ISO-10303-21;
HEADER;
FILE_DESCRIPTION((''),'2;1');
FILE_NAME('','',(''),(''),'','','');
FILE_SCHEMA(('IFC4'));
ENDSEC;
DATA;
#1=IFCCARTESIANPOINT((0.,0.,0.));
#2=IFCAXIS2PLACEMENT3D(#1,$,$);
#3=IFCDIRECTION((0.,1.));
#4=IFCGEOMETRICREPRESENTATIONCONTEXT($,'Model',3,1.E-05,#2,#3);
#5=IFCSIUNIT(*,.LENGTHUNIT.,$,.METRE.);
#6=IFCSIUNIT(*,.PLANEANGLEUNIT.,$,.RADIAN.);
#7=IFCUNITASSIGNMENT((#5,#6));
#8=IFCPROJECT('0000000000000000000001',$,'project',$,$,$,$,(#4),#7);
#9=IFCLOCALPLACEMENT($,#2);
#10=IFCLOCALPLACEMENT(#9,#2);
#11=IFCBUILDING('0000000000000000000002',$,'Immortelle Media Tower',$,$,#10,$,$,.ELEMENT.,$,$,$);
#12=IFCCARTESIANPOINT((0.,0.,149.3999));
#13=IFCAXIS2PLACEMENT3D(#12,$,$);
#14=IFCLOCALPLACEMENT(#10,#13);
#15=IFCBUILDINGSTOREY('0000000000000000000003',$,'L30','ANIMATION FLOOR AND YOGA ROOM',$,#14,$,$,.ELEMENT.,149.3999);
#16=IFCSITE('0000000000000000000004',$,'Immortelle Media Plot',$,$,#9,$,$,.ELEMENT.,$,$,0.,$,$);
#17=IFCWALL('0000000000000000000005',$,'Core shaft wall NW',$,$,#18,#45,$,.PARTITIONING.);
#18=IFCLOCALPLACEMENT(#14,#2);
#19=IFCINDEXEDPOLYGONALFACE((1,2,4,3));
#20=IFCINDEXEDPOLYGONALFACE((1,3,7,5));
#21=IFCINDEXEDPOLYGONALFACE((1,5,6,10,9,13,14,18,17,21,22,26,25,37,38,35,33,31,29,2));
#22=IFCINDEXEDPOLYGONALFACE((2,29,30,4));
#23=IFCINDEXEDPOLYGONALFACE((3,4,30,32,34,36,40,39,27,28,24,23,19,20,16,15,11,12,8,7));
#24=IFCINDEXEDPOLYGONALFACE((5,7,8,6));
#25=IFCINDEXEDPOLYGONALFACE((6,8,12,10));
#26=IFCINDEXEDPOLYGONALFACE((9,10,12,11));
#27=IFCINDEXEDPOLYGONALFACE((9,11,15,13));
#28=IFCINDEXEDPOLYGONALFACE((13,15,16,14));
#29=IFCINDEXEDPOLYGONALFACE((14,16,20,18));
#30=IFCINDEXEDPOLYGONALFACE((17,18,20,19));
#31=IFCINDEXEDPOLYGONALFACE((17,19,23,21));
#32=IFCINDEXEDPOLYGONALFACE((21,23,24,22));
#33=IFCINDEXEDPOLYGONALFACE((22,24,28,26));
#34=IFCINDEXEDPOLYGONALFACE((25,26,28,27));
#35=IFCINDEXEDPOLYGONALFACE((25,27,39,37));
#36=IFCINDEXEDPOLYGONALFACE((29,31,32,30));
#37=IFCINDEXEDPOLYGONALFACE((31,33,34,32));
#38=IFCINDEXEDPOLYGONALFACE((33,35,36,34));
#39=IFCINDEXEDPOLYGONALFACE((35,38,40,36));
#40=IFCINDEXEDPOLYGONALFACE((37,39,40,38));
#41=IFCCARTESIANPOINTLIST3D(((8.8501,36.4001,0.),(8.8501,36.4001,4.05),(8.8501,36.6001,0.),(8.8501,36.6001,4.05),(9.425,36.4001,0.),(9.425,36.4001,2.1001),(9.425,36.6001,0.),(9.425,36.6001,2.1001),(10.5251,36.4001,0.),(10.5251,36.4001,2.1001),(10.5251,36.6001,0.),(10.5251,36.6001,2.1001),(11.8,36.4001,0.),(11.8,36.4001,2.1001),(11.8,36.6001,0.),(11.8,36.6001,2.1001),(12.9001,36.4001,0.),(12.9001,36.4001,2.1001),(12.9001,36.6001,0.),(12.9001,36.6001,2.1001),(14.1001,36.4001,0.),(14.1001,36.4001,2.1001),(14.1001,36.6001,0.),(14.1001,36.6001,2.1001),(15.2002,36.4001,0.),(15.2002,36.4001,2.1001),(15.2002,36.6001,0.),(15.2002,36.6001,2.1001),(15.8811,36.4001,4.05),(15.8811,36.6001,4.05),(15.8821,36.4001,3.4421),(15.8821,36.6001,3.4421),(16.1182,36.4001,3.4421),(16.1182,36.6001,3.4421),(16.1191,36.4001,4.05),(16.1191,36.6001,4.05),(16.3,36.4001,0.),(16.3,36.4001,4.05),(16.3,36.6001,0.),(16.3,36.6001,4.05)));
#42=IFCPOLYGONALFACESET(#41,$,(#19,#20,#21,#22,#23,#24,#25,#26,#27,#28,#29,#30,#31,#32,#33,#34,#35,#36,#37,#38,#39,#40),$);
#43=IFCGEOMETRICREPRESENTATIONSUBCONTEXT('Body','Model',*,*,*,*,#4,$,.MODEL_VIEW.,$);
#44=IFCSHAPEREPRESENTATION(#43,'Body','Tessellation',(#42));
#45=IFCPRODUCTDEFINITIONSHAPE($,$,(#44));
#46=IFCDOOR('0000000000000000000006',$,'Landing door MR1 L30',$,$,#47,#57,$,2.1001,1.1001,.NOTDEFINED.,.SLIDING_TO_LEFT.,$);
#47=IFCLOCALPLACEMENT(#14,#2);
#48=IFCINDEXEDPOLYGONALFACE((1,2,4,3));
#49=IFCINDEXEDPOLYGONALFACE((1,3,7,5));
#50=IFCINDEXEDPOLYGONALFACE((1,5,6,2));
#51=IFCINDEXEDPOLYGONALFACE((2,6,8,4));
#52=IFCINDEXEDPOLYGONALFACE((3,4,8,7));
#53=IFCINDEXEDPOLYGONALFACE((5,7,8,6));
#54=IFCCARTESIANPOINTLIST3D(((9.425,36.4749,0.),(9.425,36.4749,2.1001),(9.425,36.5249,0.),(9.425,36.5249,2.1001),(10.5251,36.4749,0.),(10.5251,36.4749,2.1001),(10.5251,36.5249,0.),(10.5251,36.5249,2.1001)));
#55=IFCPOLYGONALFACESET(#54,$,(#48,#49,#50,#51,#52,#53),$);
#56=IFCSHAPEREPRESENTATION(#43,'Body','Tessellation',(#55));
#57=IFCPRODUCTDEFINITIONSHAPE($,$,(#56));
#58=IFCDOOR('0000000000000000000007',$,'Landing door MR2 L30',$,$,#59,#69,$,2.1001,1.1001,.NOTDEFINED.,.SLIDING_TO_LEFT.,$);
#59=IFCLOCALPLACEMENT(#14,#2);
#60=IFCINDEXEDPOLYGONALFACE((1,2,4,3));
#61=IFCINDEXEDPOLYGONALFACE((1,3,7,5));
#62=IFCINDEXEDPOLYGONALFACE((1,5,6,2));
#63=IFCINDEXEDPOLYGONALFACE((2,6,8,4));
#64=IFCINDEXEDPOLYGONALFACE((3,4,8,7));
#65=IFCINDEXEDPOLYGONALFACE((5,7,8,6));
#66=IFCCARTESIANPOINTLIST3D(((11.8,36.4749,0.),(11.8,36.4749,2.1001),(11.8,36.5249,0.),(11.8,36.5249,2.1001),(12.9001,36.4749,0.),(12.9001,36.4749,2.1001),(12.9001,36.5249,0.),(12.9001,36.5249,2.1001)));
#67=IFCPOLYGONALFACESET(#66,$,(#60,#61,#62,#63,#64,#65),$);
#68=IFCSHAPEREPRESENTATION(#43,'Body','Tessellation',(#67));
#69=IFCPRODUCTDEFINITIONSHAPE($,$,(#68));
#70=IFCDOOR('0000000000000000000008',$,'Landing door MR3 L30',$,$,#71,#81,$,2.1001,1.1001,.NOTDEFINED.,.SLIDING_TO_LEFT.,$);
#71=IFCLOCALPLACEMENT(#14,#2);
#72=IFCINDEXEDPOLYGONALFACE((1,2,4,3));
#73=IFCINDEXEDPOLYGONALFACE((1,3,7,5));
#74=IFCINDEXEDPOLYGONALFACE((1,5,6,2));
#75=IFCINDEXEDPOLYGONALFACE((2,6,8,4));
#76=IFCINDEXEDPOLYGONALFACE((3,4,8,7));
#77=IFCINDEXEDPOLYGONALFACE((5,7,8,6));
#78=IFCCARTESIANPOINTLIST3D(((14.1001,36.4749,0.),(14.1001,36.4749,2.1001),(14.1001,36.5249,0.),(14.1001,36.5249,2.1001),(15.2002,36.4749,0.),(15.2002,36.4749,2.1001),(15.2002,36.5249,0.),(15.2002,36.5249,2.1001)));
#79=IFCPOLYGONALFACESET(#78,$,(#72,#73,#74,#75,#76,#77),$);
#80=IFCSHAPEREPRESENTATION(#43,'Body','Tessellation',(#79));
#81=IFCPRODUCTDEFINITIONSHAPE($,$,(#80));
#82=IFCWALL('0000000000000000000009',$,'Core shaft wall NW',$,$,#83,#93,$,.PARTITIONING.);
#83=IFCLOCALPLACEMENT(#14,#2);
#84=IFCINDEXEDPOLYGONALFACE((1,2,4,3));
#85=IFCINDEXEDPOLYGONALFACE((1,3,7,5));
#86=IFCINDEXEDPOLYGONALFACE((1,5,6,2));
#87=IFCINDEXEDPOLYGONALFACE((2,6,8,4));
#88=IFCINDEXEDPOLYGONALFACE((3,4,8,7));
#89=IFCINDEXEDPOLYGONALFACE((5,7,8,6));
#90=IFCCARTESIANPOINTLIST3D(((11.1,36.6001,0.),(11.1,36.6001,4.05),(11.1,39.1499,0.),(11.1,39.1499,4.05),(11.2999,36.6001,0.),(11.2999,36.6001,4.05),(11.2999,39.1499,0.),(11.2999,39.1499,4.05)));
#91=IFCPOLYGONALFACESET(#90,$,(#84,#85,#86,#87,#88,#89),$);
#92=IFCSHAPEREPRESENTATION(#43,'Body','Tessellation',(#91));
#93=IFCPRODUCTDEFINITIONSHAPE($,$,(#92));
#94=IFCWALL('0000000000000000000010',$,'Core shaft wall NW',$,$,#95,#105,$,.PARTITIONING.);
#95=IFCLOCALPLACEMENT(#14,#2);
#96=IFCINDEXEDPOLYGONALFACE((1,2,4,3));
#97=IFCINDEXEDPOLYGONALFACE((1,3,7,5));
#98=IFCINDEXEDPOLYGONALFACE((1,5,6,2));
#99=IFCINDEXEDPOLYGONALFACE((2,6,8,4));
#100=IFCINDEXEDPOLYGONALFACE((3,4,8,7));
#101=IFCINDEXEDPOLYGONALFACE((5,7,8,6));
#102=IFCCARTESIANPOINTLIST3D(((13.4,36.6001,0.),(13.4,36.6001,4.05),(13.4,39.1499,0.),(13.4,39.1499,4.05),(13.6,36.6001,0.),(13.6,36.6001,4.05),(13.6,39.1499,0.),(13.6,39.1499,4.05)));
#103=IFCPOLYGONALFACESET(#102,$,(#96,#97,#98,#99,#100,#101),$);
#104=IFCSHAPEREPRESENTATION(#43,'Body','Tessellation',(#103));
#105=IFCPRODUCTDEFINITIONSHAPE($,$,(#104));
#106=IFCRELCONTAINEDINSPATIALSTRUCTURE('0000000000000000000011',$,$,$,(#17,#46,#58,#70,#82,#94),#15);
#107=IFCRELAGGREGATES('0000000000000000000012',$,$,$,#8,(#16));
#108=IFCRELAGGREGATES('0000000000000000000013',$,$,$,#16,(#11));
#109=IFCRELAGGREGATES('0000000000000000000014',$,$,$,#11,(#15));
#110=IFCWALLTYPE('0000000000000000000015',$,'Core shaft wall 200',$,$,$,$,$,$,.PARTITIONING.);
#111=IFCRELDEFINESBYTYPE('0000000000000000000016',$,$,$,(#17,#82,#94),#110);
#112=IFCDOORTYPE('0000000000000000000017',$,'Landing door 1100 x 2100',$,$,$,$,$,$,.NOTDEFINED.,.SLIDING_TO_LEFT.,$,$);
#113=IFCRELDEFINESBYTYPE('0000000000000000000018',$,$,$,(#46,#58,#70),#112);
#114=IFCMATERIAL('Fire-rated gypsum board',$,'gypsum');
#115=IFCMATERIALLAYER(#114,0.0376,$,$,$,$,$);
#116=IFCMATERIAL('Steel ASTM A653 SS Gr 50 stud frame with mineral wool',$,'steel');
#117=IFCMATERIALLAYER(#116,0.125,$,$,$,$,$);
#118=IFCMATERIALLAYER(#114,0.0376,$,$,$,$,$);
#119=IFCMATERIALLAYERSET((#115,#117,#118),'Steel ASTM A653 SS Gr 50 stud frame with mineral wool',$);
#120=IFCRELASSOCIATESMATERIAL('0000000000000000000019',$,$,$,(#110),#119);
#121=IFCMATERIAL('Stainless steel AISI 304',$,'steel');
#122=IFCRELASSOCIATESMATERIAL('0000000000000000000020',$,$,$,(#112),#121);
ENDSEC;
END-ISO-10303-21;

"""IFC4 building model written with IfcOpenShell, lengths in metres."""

from ifc_helpers import new_model, si_unit, direction, frame, frame_2d, origin, place, context, subcontext, project, spatial, polyline, rectangle, outline, extrude, material, layer, layer_set, type_object, element, fill, save


model = new_model("IFC4")

# Units and contexts
model_context = context("Model", 3, precision=1e-05, world=origin(), true_north=direction((0.0, 1.0)))
body_context = subcontext(model_context, "Body", "Model", "MODEL_VIEW")
ifc_project = project(units=[si_unit("LENGTHUNIT", "METRE"), si_unit("PLANEANGLEUNIT", "RADIAN")], contexts=[model_context])

# Site, building, storey
site_placement = place(None, origin())
site = spatial("IfcSite", under=ifc_project, at=site_placement, Name="Immortelle Media Plot", CompositionType="ELEMENT", RefElevation=0.0)
building_placement = place(site_placement, origin())
building = spatial("IfcBuilding", under=site, at=building_placement, Name="Immortelle Media Tower", CompositionType="ELEMENT")
storey_placement = place(building_placement, frame((0.0, 0.0, 149.3999)))
storey = spatial("IfcBuildingStorey", under=building, at=storey_placement, Name="L30", Description="ANIMATION FLOOR AND YOGA ROOM", CompositionType="ELEMENT", Elevation=149.3999)

# Shared definitions
ifc_material_1 = material(Name="Fire-rated gypsum board", Category="gypsum")
ifc_material_2 = material(Name="Steel ASTM A653 SS Gr 50 stud frame with mineral wool", Category="steel")

# Shared definitions
ifc_layer_1 = layer(ifc_material_1, 0.0376)
ifc_layer_2 = layer(ifc_material_2, 0.125)
ifc_layer_3 = layer(ifc_material_1, 0.0376)
ifc_layer_set_1 = layer_set([ifc_layer_1, ifc_layer_2, ifc_layer_3], Name="Steel ASTM A653 SS Gr 50 stud frame with mineral wool")
wall_type_1 = type_object("IfcWallType", Name="Core shaft wall 200", PredefinedType="PARTITIONING", material=ifc_layer_set_1)

# Wall, openings, doors
wall_1_placement = place(storey_placement, frame((8.8501, 36.5, 0.0), z_axis=(0.0, 0.0, 1.0), x_axis=(1.0, 0.0, 0.0)))
wall_1 = element("IfcWall", 1, at=wall_1_placement, inside=storey, type_object=wall_type_1, Name="Core shaft wall NW", PredefinedType="PARTITIONING", context=body_context, shape_type="SweptSolid", body=[
    extrude(outline(polyline([(0.0, 0.0), (7.45, 0.0), (7.45, 4.05), (7.269, 4.05), (7.2681, 3.4421), (7.032, 3.4421), (7.031, 4.05), (0.0, 4.05), (0.0, 0.0)])), frame((0.0, 0.1001, 0.0), z_axis=(0.0, -1.0, 0.0), x_axis=(1.0, 0.0, 0.0)), (0.0, 0.0, 1.0), 0.2),
])
opening_1_placement = place(wall_1_placement, frame((0.575, 0.0, 0.0)))
opening_1 = element("IfcOpeningElement", 2, at=opening_1_placement, cuts=wall_1, PredefinedType="OPENING", context=body_context, shape_type="SweptSolid", body=[
    extrude(rectangle(XDim=1.1001, YDim=2.1001, at=frame_2d((0.55, 1.05))), frame((0.0, 0.1099, 0.0), z_axis=(0.0, -1.0, 0.0), x_axis=(1.0, 0.0, 0.0)), (0.0, 0.0, 1.0), 0.22),
])
opening_2_placement = place(wall_1_placement, frame((2.95, 0.0, 0.0)))
opening_2 = element("IfcOpeningElement", 3, at=opening_2_placement, cuts=wall_1, PredefinedType="OPENING", context=body_context, shape_type="SweptSolid", body=[
    extrude(rectangle(XDim=1.1001, YDim=2.1001, at=frame_2d((0.55, 1.05))), frame((0.0, 0.1099, 0.0), z_axis=(0.0, -1.0, 0.0), x_axis=(1.0, 0.0, 0.0)), (0.0, 0.0, 1.0), 0.22),
])
opening_3_placement = place(wall_1_placement, frame((5.25, 0.0, 0.0)))
opening_3 = element("IfcOpeningElement", 4, at=opening_3_placement, cuts=wall_1, PredefinedType="OPENING", context=body_context, shape_type="SweptSolid", body=[
    extrude(rectangle(XDim=1.1001, YDim=2.1001, at=frame_2d((0.55, 1.05))), frame((0.0, 0.1099, 0.0), z_axis=(0.0, -1.0, 0.0), x_axis=(1.0, 0.0, 0.0)), (0.0, 0.0, 1.0), 0.22),
])
ifc_material_3 = material(Name="Stainless steel AISI 304", Category="steel")
door_type_1 = type_object("IfcDoorType", Name="Landing door 1100 x 2100", OperationType="SLIDING_TO_LEFT", PredefinedType="NOTDEFINED", material=ifc_material_3)
door_1_placement = place(opening_1_placement, origin())
door_1 = element("IfcDoor", 5, at=door_1_placement, inside=storey, type_object=door_type_1, Name="Landing door MR1 L30", OperationType="SLIDING_TO_LEFT", OverallHeight=2.1001, OverallWidth=1.1001, PredefinedType="NOTDEFINED", context=body_context, shape_type="SweptSolid", body=[
    extrude(rectangle(XDim=1.1001, YDim=2.1001, at=frame_2d((0.55, 1.05))), frame((0.0, 0.0249, 0.0), z_axis=(0.0, -1.0, 0.0), x_axis=(1.0, 0.0, 0.0)), (0.0, 0.0, 1.0), 0.05),
])
fill(opening_1, door_1)
door_2_placement = place(opening_2_placement, origin())
door_2 = element("IfcDoor", 6, at=door_2_placement, inside=storey, type_object=door_type_1, Name="Landing door MR2 L30", OperationType="SLIDING_TO_LEFT", OverallHeight=2.1001, OverallWidth=1.1001, PredefinedType="NOTDEFINED", context=body_context, shape_type="SweptSolid", body=[
    extrude(rectangle(XDim=1.1001, YDim=2.1001, at=frame_2d((0.55, 1.05))), frame((0.0, 0.0249, 0.0), z_axis=(0.0, -1.0, 0.0), x_axis=(1.0, 0.0, 0.0)), (0.0, 0.0, 1.0), 0.05),
])
fill(opening_2, door_2)
door_3_placement = place(opening_3_placement, origin())
door_3 = element("IfcDoor", 7, at=door_3_placement, inside=storey, type_object=door_type_1, Name="Landing door MR3 L30", OperationType="SLIDING_TO_LEFT", OverallHeight=2.1001, OverallWidth=1.1001, PredefinedType="NOTDEFINED", context=body_context, shape_type="SweptSolid", body=[
    extrude(rectangle(XDim=1.1001, YDim=2.1001, at=frame_2d((0.55, 1.05))), frame((0.0, 0.0249, 0.0), z_axis=(0.0, -1.0, 0.0), x_axis=(1.0, 0.0, 0.0)), (0.0, 0.0, 1.0), 0.05),
])
fill(opening_3, door_3)

# Walls
for number, where, z_axis, x_axis, name in (
    (8, (11.2, 36.6001, 0.0), (0.0, 0.0, 1.0), (0.0, 1.0, 0.0), "Core shaft wall NW"),
    (9, (13.5, 36.6001, 0.0), (0.0, 0.0, 1.0), (0.0, 1.0, 0.0), "Core shaft wall NW"),
):
    element("IfcWall", number, at=place(storey_placement, frame(where, z_axis=z_axis, x_axis=x_axis)), inside=storey, type_object=wall_type_1, Name=name, PredefinedType="PARTITIONING", context=body_context, shape_type="SweptSolid", body=[
        extrude(rectangle(XDim=2.5498, YDim=0.2, at=frame_2d((1.2749, 0.0))), origin(), (0.0, 0.0, 1.0), 4.05),
    ])

save(model, "model.ifc")
